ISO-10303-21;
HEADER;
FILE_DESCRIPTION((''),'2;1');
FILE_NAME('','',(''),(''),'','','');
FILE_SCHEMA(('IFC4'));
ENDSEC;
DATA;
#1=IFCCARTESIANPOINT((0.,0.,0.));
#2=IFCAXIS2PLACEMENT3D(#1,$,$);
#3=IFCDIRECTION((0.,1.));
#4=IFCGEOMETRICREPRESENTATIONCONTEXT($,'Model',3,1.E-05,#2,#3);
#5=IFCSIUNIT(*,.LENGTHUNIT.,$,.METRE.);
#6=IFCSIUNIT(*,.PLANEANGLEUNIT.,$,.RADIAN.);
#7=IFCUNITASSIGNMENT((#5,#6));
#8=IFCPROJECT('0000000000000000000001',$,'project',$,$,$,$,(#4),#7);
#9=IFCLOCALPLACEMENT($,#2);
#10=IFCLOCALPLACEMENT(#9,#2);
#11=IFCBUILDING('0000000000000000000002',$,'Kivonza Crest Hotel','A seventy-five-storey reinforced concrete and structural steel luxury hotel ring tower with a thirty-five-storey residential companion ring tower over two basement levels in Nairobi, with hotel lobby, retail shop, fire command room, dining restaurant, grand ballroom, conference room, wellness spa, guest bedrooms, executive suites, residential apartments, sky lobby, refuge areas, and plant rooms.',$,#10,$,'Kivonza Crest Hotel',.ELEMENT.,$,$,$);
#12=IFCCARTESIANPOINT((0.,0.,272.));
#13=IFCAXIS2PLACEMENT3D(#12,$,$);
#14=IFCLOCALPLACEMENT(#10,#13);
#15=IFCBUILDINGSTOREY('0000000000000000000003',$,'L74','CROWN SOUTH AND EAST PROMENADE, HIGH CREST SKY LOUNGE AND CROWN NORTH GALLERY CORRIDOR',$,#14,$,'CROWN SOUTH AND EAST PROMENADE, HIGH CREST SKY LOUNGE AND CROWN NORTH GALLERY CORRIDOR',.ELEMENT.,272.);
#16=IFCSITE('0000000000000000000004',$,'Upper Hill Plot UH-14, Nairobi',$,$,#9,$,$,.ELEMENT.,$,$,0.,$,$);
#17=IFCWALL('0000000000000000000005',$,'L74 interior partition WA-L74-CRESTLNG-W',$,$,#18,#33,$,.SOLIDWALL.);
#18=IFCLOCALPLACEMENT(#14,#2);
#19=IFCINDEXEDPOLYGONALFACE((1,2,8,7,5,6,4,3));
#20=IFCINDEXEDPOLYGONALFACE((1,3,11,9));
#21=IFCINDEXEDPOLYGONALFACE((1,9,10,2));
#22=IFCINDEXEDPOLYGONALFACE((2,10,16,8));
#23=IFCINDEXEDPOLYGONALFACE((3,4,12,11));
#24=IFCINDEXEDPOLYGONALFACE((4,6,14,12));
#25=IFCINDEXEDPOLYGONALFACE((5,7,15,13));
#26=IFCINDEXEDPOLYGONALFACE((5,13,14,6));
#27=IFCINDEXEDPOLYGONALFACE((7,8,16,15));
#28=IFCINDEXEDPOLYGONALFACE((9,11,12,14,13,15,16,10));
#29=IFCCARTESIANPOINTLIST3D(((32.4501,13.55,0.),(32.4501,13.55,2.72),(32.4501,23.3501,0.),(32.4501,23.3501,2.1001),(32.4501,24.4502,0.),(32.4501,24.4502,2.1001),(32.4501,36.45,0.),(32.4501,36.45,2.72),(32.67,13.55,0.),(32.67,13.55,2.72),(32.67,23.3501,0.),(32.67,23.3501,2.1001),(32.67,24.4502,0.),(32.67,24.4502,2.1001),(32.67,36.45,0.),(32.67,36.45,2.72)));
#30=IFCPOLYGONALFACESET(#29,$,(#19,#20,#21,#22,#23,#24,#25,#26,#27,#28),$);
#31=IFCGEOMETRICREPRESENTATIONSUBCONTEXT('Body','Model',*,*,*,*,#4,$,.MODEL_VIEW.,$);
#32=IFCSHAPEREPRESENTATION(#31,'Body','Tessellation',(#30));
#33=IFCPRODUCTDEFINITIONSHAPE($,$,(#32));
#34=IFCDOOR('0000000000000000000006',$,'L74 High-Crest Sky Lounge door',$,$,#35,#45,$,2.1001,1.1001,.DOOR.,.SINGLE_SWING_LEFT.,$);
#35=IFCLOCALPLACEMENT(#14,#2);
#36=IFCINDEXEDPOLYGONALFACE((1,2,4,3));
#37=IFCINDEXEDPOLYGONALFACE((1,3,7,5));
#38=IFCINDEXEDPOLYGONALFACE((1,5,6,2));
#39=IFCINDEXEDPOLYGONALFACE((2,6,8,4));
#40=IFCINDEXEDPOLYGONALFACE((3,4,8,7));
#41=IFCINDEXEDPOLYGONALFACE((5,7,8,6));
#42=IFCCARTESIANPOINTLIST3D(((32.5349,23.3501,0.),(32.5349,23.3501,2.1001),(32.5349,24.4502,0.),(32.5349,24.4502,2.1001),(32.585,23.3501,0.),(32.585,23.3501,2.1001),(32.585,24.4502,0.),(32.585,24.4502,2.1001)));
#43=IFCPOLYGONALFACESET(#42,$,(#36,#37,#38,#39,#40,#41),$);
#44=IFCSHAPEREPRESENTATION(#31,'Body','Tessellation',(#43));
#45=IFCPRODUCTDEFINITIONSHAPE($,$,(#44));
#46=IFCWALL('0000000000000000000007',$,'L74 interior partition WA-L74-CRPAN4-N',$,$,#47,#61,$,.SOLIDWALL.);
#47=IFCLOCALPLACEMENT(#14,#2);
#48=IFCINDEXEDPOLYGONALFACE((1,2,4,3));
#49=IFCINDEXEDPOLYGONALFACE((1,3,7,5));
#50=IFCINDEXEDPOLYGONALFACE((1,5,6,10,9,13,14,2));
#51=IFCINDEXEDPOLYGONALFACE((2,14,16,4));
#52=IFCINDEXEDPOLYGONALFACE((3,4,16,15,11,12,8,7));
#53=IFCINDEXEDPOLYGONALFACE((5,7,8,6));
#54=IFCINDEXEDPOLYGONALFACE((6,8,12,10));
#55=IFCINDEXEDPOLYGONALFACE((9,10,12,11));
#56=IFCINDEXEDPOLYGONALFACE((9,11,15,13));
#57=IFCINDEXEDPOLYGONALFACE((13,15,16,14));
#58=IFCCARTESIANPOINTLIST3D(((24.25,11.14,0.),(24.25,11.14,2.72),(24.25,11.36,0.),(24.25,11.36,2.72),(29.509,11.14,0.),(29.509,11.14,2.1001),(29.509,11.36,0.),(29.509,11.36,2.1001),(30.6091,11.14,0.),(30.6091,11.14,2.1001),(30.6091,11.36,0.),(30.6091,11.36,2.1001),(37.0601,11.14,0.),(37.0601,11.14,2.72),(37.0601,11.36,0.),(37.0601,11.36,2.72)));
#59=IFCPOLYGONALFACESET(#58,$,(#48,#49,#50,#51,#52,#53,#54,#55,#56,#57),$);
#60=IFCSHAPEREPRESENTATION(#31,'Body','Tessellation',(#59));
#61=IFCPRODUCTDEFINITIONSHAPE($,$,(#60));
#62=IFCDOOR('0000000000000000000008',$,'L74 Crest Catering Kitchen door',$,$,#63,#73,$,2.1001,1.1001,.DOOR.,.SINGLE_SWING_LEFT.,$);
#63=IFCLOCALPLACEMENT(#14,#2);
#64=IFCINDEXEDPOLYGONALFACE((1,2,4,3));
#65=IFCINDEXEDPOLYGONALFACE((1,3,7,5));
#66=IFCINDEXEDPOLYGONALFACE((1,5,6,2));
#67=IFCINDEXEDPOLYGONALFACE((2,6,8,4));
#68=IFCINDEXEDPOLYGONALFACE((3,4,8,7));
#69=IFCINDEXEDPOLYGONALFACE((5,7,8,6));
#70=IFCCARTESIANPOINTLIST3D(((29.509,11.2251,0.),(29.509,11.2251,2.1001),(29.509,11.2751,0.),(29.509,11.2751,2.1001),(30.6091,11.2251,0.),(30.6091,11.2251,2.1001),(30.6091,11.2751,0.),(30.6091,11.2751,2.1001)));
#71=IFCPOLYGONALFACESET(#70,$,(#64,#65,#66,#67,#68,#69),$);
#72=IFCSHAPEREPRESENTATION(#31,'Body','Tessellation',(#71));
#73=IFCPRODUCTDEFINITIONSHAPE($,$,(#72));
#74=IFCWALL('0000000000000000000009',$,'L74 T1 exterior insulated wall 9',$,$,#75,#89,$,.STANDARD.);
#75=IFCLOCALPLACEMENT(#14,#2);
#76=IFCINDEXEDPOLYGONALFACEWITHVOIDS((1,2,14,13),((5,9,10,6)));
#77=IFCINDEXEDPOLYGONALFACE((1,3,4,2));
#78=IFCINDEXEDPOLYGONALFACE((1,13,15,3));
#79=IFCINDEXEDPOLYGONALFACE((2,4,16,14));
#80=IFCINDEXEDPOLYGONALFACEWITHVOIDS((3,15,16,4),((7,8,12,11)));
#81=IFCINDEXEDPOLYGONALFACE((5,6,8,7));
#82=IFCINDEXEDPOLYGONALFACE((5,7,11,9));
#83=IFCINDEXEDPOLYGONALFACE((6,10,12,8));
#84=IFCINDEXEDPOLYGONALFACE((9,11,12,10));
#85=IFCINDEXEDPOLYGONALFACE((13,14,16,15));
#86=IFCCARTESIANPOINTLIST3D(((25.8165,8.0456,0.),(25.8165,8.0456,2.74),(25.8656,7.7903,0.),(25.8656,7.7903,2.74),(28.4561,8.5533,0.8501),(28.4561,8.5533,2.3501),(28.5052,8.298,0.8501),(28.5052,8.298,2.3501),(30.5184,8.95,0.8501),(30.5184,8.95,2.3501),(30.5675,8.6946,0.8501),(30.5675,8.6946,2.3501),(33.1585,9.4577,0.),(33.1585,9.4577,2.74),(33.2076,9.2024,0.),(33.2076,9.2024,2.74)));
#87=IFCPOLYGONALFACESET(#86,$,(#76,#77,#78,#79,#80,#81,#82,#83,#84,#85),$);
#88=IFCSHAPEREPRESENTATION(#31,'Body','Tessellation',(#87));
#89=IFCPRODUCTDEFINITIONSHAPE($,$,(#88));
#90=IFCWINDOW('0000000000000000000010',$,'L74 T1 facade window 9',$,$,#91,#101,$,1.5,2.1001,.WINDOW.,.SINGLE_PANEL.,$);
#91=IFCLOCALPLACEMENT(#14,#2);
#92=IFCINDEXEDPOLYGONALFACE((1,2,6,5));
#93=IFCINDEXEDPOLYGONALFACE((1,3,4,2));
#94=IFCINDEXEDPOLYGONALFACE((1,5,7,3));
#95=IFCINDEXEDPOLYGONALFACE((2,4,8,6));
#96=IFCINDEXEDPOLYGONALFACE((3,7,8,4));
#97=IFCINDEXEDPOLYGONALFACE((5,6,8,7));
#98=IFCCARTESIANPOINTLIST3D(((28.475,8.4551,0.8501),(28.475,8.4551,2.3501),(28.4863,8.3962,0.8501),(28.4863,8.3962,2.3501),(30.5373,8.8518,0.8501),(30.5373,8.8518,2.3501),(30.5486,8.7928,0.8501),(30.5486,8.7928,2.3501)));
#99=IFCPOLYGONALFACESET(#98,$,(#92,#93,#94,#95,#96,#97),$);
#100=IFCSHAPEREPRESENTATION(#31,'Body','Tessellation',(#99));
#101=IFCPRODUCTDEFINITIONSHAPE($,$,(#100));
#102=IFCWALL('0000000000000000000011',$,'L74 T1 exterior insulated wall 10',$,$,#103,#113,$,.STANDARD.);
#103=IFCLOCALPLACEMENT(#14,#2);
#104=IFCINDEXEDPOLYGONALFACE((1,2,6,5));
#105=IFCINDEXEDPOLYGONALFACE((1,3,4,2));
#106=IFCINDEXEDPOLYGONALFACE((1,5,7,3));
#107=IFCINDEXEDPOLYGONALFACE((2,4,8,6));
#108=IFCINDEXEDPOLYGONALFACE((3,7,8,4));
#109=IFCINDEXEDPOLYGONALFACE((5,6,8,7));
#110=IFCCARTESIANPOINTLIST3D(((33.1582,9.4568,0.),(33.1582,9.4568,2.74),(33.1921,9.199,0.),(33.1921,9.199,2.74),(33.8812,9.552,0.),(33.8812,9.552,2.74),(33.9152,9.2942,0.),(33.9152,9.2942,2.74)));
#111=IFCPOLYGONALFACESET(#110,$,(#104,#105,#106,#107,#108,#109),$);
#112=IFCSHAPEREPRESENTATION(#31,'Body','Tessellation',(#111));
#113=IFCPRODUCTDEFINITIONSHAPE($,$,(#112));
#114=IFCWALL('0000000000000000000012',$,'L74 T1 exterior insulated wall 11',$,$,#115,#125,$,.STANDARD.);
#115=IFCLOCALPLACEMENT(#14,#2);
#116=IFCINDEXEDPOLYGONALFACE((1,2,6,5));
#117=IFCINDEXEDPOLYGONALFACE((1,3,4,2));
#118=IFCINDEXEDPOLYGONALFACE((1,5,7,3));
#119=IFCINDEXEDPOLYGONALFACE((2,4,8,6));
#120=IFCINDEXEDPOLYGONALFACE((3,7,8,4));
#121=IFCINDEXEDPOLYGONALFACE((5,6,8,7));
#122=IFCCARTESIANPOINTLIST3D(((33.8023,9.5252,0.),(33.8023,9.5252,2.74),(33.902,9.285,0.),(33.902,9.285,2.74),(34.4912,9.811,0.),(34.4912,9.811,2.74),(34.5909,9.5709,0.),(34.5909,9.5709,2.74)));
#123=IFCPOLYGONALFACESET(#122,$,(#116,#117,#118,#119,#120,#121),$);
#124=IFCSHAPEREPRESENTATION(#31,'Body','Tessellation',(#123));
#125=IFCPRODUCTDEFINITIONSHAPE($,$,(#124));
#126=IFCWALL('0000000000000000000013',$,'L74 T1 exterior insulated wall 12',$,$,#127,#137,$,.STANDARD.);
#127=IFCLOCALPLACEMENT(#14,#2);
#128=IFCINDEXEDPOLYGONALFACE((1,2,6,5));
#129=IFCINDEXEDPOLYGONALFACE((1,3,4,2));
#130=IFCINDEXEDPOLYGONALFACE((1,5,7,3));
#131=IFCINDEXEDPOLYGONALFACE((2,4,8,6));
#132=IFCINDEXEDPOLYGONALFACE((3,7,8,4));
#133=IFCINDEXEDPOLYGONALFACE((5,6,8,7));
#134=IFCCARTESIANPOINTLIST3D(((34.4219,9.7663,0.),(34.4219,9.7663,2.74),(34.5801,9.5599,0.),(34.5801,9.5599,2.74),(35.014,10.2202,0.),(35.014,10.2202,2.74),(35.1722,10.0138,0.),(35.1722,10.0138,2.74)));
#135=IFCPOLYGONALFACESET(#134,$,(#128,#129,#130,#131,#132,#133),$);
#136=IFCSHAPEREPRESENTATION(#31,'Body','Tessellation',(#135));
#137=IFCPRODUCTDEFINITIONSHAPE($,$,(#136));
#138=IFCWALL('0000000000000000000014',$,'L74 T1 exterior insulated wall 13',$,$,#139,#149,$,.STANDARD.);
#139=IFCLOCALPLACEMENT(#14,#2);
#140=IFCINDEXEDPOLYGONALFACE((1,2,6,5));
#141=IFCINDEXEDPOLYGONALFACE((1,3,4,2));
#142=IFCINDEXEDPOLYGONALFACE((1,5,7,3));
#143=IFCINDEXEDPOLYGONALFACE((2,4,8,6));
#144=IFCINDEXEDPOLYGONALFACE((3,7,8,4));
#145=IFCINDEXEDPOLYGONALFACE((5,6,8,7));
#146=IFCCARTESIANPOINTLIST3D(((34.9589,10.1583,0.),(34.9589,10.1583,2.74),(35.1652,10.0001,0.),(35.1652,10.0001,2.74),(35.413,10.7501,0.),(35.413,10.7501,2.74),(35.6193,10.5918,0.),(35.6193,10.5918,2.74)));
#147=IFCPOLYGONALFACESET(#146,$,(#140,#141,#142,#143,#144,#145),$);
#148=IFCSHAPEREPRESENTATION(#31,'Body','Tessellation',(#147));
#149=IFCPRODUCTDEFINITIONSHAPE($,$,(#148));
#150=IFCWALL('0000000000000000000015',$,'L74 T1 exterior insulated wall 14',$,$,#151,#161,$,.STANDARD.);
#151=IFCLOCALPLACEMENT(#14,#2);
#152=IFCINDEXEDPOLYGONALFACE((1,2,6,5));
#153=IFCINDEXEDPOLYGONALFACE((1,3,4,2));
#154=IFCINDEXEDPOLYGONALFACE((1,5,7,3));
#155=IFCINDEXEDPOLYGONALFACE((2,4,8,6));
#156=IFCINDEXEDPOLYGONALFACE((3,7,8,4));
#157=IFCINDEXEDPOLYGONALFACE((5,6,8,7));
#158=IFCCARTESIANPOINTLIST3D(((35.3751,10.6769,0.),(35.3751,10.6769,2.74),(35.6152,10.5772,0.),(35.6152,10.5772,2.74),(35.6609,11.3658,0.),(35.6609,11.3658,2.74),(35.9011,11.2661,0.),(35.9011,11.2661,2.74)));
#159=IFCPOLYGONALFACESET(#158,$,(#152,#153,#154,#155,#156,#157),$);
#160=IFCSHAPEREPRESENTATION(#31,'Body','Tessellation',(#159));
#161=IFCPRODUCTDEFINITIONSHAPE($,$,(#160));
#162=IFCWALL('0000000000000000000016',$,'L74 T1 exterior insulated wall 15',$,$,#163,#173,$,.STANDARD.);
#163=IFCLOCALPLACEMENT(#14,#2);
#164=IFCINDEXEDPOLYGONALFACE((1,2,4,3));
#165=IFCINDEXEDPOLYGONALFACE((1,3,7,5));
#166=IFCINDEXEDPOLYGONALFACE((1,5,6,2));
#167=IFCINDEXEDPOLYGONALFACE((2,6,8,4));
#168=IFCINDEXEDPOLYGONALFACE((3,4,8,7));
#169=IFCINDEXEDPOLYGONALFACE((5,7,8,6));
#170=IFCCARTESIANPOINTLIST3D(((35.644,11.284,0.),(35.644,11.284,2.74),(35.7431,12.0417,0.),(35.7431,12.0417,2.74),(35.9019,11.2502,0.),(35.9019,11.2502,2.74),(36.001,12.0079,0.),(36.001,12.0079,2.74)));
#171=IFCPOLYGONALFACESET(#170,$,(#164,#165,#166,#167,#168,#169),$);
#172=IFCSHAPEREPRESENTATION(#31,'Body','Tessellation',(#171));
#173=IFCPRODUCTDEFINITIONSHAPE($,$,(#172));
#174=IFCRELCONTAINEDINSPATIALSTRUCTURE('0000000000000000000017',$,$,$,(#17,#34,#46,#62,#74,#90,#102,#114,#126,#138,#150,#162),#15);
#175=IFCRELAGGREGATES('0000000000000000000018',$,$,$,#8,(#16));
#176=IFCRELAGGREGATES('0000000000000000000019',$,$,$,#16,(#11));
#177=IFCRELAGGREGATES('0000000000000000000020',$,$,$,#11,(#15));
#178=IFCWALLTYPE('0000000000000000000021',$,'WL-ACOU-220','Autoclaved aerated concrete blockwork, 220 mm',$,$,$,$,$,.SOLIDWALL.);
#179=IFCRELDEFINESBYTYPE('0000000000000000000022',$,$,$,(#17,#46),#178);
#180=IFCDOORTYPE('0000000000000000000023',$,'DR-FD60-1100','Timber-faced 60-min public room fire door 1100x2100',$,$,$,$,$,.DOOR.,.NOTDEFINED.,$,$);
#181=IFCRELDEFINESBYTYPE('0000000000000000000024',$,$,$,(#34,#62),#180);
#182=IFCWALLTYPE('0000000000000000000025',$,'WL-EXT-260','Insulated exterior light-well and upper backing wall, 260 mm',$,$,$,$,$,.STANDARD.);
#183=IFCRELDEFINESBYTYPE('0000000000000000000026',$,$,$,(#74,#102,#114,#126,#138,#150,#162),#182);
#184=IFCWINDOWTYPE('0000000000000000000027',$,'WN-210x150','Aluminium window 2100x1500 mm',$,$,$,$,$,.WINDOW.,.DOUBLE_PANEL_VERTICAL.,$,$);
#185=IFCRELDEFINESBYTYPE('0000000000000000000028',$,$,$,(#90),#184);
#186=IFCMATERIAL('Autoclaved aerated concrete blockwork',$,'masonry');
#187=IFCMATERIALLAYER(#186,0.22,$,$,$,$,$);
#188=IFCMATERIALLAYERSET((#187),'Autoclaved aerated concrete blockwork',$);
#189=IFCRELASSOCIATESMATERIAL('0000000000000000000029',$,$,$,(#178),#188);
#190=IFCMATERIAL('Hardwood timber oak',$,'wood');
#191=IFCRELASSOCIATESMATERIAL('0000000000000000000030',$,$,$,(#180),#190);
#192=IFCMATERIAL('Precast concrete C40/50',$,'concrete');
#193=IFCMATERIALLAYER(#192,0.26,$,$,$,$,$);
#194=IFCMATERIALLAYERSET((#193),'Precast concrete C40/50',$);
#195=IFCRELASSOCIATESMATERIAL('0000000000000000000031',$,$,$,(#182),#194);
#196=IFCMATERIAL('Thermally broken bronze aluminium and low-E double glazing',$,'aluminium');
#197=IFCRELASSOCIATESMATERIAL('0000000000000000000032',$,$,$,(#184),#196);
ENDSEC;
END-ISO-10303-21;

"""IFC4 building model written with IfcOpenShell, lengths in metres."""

from ifc_helpers import new_model, si_unit, direction, frame, frame_2d, origin, place, context, subcontext, project, spatial, rectangle, extrude, material, layer, layer_set, type_object, element, fill, save


model = new_model("IFC4")

# Units and contexts
model_context = context("Model", 3, precision=1e-05, world=origin(), true_north=direction((0.0, 1.0)))
body_context = subcontext(model_context, "Body", "Model", "MODEL_VIEW")
ifc_project = project(units=[si_unit("LENGTHUNIT", "METRE"), si_unit("PLANEANGLEUNIT", "RADIAN")], contexts=[model_context])

# Site, building, storey
site_placement = place(None, origin())
site = spatial("IfcSite", under=ifc_project, at=site_placement, Name="Upper Hill Plot UH-14, Nairobi", CompositionType="ELEMENT", RefElevation=0.0)
building_placement = place(site_placement, origin())
building = spatial("IfcBuilding", under=site, at=building_placement, Name="Kivonza Crest Hotel", Description="A seventy-five-storey reinforced concrete and structural steel luxury hotel ring tower with a thirty-five-storey residential companion ring tower over two basement levels in Nairobi, with hotel lobby, retail shop, fire command room, dining restaurant, grand ballroom, conference room, wellness spa, guest bedrooms, executive suites, residential apartments, sky lobby, refuge areas, and plant rooms.", LongName="Kivonza Crest Hotel", CompositionType="ELEMENT")
storey_placement = place(building_placement, frame((0.0, 0.0, 272.0)))
storey = spatial("IfcBuildingStorey", under=building, at=storey_placement, Name="L74", Description="CROWN SOUTH AND EAST PROMENADE, HIGH CREST SKY LOUNGE AND CROWN NORTH GALLERY CORRIDOR", LongName="CROWN SOUTH AND EAST PROMENADE, HIGH CREST SKY LOUNGE AND CROWN NORTH GALLERY CORRIDOR", CompositionType="ELEMENT", Elevation=272.0)

# Walls, openings, doors
ifc_material_1 = material(Name="Autoclaved aerated concrete blockwork", Category="masonry")
ifc_layer_1 = layer(ifc_material_1, 0.22)
ifc_layer_set_1 = layer_set([ifc_layer_1], Name="Autoclaved aerated concrete blockwork")
wall_type_1 = type_object("IfcWallType", Name="WL-ACOU-220", Description="Autoclaved aerated concrete blockwork, 220 mm", PredefinedType="SOLIDWALL", material=ifc_layer_set_1)
wall_1_placement = place(storey_placement, frame((32.5601, 13.55, 0.0), z_axis=(0.0, 0.0, 1.0), x_axis=(0.0, 1.0, 0.0)))
wall_1 = element("IfcWall", 1, at=wall_1_placement, inside=storey, type_object=wall_type_1, Name="L74 interior partition WA-L74-CRESTLNG-W", PredefinedType="SOLIDWALL", context=body_context, shape_type="SweptSolid", body=[
    extrude(rectangle(XDim=22.8999, YDim=0.22, at=frame_2d((11.45, 0.0))), origin(), (0.0, 0.0, 1.0), 2.72),
])
opening_1_placement = place(wall_1_placement, frame((9.8, 0.0, 0.0)))
opening_1 = element("IfcOpeningElement", 2, at=opening_1_placement, cuts=wall_1, PredefinedType="OPENING", context=body_context, shape_type="SweptSolid", body=[
    extrude(rectangle(XDim=1.1001, YDim=2.1001, at=frame_2d((0.55, 1.05))), frame((0.0, 0.1201, 0.0), z_axis=(0.0, -1.0, 0.0), x_axis=(1.0, 0.0, 0.0)), (0.0, 0.0, 1.0), 0.24),
])
ifc_material_2 = material(Name="Hardwood timber oak", Category="wood")
door_type = type_object("IfcDoorType", Name="DR-FD60-1100", Description="Timber-faced 60-min public room fire door 1100x2100", OperationType="NOTDEFINED", PredefinedType="DOOR", material=ifc_material_2)
door_1_placement = place(opening_1_placement, frame((1.1001, 0.0, 0.0), z_axis=(0.0, 0.0, 1.0), x_axis=(-1.0, 0.0, 0.0)))
door_1 = element("IfcDoor", 3, at=door_1_placement, inside=storey, type_object=door_type, Name="L74 High-Crest Sky Lounge door", OperationType="SINGLE_SWING_LEFT", OverallHeight=2.1001, OverallWidth=1.1001, PredefinedType="DOOR", context=body_context, shape_type="SweptSolid", body=[
    extrude(rectangle(XDim=1.1001, YDim=2.1001, at=frame_2d((0.55, 1.05))), frame((0.0, 0.0249, 0.0), z_axis=(0.0, -1.0, 0.0), x_axis=(1.0, 0.0, 0.0)), (0.0, 0.0, 1.0), 0.05),
])
fill(opening_1, door_1)
wall_2_placement = place(storey_placement, frame((24.25, 11.25, 0.0), z_axis=(0.0, 0.0, 1.0), x_axis=(1.0, 0.0, 0.0)))
wall_2 = element("IfcWall", 4, at=wall_2_placement, inside=storey, type_object=wall_type_1, Name="L74 interior partition WA-L74-CRPAN4-N", PredefinedType="SOLIDWALL", context=body_context, shape_type="SweptSolid", body=[
    extrude(rectangle(XDim=12.8101, YDim=0.22, at=frame_2d((6.405, 0.0))), origin(), (0.0, 0.0, 1.0), 2.72),
])
opening_2_placement = place(wall_2_placement, frame((5.259, 0.0, 0.0)))
opening_2 = element("IfcOpeningElement", 5, at=opening_2_placement, cuts=wall_2, PredefinedType="OPENING", context=body_context, shape_type="SweptSolid", body=[
    extrude(rectangle(XDim=1.1001, YDim=2.1001, at=frame_2d((0.55, 1.05))), frame((0.0, 0.1201, 0.0), z_axis=(0.0, -1.0, 0.0), x_axis=(1.0, 0.0, 0.0)), (0.0, 0.0, 1.0), 0.24),
])
door_2_placement = place(opening_2_placement, frame((1.1001, 0.0, 0.0), z_axis=(0.0, 0.0, 1.0), x_axis=(-1.0, 0.0, 0.0)))
door_2 = element("IfcDoor", 6, at=door_2_placement, inside=storey, type_object=door_type, Name="L74 Crest Catering Kitchen door", OperationType="SINGLE_SWING_LEFT", OverallHeight=2.1001, OverallWidth=1.1001, PredefinedType="DOOR", context=body_context, shape_type="SweptSolid", body=[
    extrude(rectangle(XDim=1.1001, YDim=2.1001, at=frame_2d((0.55, 1.05))), frame((0.0, 0.0249, 0.0), z_axis=(0.0, -1.0, 0.0), x_axis=(1.0, 0.0, 0.0)), (0.0, 0.0, 1.0), 0.05),
])
fill(opening_2, door_2)

# Wall, opening, window
ifc_material_3 = material(Name="Precast concrete C40/50", Category="concrete")
ifc_layer_2 = layer(ifc_material_3, 0.26)
ifc_layer_set_2 = layer_set([ifc_layer_2], Name="Precast concrete C40/50")
wall_type_2 = type_object("IfcWallType", Name="WL-EXT-260", Description="Insulated exterior light-well and upper backing wall, 260 mm", PredefinedType="STANDARD", material=ifc_layer_set_2)
wall_3_placement = place(storey_placement, frame((25.8411, 7.918, 0.0), z_axis=(0.0, 0.0, 1.0), x_axis=(0.982002, 0.18887, 0.0)))
wall_3 = element("IfcWall", 7, at=wall_3_placement, inside=storey, type_object=wall_type_2, Name="L74 T1 exterior insulated wall 9", PredefinedType="STANDARD", context=body_context, shape_type="SweptSolid", body=[
    extrude(rectangle(XDim=7.4766, YDim=0.26, at=frame_2d((3.7383, 0.0))), origin(), (0.0, 0.0, 1.0), 2.74),
])
opening_3_placement = place(wall_3_placement, frame((2.688, 0.0, 0.8501)))
opening_3 = element("IfcOpeningElement", 8, at=opening_3_placement, cuts=wall_3, PredefinedType="OPENING", context=body_context, shape_type="SweptSolid", body=[
    extrude(rectangle(XDim=2.1001, YDim=1.5, at=frame_2d((1.05, 0.75))), frame((0.0, 0.1401, 0.0), z_axis=(0.0, -1.0, 0.0), x_axis=(1.0, 0.0, 0.0)), (0.0, 0.0, 1.0), 0.28),
])
ifc_material_4 = material(Name="Thermally broken bronze aluminium and low-E double glazing", Category="aluminium")
window_type = type_object("IfcWindowType", Name="WN-210x150", Description="Aluminium window 2100x1500 mm", PartitioningType="DOUBLE_PANEL_VERTICAL", PredefinedType="WINDOW", material=ifc_material_4)
window_1_placement = place(opening_3_placement, origin())
window_1 = element("IfcWindow", 9, at=window_1_placement, inside=storey, type_object=window_type, Name="L74 T1 facade window 9", OverallHeight=1.5, OverallWidth=2.1001, PartitioningType="SINGLE_PANEL", PredefinedType="WINDOW", context=body_context, shape_type="SweptSolid", body=[
    extrude(rectangle(XDim=2.1001, YDim=1.5, at=frame_2d((1.05, 0.75))), frame((0.0, 0.03, 0.0), z_axis=(0.0, -1.0, 0.0), x_axis=(1.0, 0.0, 0.0)), (0.0, 0.0, 1.0), 0.0601),
])
fill(opening_3, window_1)

# Walls
wall_4_placement = place(storey_placement, frame((33.175, 9.3279, 0.0), z_axis=(0.0, 0.0, 1.0), x_axis=(0.991437, 0.130584, 0.0)))
element("IfcWall", 10, at=wall_4_placement, inside=storey, type_object=wall_type_2, Name="L74 T1 exterior insulated wall 10", PredefinedType="STANDARD", context=body_context, shape_type="SweptSolid", body=[
    extrude(rectangle(XDim=0.7292, YDim=0.26, at=frame_2d((0.3647, 0.0))), origin(), (0.0, 0.0, 1.0), 2.74),
])
wall_5_placement = place(storey_placement, frame((33.8521, 9.405, 0.0), z_axis=(0.0, 0.0, 1.0), x_axis=(0.923638, 0.383267, 0.0)))
element("IfcWall", 11, at=wall_5_placement, inside=storey, type_object=wall_type_2, Name="L74 T1 exterior insulated wall 11", PredefinedType="STANDARD", context=body_context, shape_type="SweptSolid", body=[
    extrude(rectangle(XDim=0.7458, YDim=0.26, at=frame_2d((0.373, 0.0))), origin(), (0.0, 0.0, 1.0), 2.74),
])
wall_6_placement = place(storey_placement, frame((34.501, 9.6631, 0.0), z_axis=(0.0, 0.0, 1.0), x_axis=(0.793633, 0.608397, 0.0)))
element("IfcWall", 12, at=wall_6_placement, inside=storey, type_object=wall_type_2, Name="L74 T1 exterior insulated wall 12", PredefinedType="STANDARD", context=body_context, shape_type="SweptSolid", body=[
    extrude(rectangle(XDim=0.7461, YDim=0.26, at=frame_2d((0.373, 0.0))), origin(), (0.0, 0.0, 1.0), 2.74),
])
for number, where, z_axis, x_axis, name in (
    (13, (35.062, 10.0791, 0.0), (0.0, 0.0, 1.0), (0.608761, 0.793353, 0.0), "L74 T1 exterior insulated wall 13"),
    (14, (35.4951, 10.627, 0.0), (0.0, 0.0, 1.0), (0.383267, 0.923638, 0.0), "L74 T1 exterior insulated wall 14"),
):
    element("IfcWall", number, at=place(storey_placement, frame(where, z_axis=z_axis, x_axis=x_axis)), inside=storey, type_object=wall_type_2, Name=name, PredefinedType="STANDARD", context=body_context, shape_type="SweptSolid", body=[
        extrude(rectangle(XDim=0.7458, YDim=0.26, at=frame_2d((0.373, 0.0))), origin(), (0.0, 0.0, 1.0), 2.74),
    ])
wall_7_placement = place(storey_placement, frame((35.7729, 11.2671, 0.0), z_axis=(0.0, 0.0, 1.0), x_axis=(0.129694, 0.991554, 0.0)))
element("IfcWall", 15, at=wall_7_placement, inside=storey, type_object=wall_type_2, Name="L74 T1 exterior insulated wall 15", PredefinedType="STANDARD", context=body_context, shape_type="SweptSolid", body=[
    extrude(rectangle(XDim=0.7642, YDim=0.26, at=frame_2d((0.3821, 0.0))), origin(), (0.0, 0.0, 1.0), 2.74),
])

save(model, "model.ifc")
